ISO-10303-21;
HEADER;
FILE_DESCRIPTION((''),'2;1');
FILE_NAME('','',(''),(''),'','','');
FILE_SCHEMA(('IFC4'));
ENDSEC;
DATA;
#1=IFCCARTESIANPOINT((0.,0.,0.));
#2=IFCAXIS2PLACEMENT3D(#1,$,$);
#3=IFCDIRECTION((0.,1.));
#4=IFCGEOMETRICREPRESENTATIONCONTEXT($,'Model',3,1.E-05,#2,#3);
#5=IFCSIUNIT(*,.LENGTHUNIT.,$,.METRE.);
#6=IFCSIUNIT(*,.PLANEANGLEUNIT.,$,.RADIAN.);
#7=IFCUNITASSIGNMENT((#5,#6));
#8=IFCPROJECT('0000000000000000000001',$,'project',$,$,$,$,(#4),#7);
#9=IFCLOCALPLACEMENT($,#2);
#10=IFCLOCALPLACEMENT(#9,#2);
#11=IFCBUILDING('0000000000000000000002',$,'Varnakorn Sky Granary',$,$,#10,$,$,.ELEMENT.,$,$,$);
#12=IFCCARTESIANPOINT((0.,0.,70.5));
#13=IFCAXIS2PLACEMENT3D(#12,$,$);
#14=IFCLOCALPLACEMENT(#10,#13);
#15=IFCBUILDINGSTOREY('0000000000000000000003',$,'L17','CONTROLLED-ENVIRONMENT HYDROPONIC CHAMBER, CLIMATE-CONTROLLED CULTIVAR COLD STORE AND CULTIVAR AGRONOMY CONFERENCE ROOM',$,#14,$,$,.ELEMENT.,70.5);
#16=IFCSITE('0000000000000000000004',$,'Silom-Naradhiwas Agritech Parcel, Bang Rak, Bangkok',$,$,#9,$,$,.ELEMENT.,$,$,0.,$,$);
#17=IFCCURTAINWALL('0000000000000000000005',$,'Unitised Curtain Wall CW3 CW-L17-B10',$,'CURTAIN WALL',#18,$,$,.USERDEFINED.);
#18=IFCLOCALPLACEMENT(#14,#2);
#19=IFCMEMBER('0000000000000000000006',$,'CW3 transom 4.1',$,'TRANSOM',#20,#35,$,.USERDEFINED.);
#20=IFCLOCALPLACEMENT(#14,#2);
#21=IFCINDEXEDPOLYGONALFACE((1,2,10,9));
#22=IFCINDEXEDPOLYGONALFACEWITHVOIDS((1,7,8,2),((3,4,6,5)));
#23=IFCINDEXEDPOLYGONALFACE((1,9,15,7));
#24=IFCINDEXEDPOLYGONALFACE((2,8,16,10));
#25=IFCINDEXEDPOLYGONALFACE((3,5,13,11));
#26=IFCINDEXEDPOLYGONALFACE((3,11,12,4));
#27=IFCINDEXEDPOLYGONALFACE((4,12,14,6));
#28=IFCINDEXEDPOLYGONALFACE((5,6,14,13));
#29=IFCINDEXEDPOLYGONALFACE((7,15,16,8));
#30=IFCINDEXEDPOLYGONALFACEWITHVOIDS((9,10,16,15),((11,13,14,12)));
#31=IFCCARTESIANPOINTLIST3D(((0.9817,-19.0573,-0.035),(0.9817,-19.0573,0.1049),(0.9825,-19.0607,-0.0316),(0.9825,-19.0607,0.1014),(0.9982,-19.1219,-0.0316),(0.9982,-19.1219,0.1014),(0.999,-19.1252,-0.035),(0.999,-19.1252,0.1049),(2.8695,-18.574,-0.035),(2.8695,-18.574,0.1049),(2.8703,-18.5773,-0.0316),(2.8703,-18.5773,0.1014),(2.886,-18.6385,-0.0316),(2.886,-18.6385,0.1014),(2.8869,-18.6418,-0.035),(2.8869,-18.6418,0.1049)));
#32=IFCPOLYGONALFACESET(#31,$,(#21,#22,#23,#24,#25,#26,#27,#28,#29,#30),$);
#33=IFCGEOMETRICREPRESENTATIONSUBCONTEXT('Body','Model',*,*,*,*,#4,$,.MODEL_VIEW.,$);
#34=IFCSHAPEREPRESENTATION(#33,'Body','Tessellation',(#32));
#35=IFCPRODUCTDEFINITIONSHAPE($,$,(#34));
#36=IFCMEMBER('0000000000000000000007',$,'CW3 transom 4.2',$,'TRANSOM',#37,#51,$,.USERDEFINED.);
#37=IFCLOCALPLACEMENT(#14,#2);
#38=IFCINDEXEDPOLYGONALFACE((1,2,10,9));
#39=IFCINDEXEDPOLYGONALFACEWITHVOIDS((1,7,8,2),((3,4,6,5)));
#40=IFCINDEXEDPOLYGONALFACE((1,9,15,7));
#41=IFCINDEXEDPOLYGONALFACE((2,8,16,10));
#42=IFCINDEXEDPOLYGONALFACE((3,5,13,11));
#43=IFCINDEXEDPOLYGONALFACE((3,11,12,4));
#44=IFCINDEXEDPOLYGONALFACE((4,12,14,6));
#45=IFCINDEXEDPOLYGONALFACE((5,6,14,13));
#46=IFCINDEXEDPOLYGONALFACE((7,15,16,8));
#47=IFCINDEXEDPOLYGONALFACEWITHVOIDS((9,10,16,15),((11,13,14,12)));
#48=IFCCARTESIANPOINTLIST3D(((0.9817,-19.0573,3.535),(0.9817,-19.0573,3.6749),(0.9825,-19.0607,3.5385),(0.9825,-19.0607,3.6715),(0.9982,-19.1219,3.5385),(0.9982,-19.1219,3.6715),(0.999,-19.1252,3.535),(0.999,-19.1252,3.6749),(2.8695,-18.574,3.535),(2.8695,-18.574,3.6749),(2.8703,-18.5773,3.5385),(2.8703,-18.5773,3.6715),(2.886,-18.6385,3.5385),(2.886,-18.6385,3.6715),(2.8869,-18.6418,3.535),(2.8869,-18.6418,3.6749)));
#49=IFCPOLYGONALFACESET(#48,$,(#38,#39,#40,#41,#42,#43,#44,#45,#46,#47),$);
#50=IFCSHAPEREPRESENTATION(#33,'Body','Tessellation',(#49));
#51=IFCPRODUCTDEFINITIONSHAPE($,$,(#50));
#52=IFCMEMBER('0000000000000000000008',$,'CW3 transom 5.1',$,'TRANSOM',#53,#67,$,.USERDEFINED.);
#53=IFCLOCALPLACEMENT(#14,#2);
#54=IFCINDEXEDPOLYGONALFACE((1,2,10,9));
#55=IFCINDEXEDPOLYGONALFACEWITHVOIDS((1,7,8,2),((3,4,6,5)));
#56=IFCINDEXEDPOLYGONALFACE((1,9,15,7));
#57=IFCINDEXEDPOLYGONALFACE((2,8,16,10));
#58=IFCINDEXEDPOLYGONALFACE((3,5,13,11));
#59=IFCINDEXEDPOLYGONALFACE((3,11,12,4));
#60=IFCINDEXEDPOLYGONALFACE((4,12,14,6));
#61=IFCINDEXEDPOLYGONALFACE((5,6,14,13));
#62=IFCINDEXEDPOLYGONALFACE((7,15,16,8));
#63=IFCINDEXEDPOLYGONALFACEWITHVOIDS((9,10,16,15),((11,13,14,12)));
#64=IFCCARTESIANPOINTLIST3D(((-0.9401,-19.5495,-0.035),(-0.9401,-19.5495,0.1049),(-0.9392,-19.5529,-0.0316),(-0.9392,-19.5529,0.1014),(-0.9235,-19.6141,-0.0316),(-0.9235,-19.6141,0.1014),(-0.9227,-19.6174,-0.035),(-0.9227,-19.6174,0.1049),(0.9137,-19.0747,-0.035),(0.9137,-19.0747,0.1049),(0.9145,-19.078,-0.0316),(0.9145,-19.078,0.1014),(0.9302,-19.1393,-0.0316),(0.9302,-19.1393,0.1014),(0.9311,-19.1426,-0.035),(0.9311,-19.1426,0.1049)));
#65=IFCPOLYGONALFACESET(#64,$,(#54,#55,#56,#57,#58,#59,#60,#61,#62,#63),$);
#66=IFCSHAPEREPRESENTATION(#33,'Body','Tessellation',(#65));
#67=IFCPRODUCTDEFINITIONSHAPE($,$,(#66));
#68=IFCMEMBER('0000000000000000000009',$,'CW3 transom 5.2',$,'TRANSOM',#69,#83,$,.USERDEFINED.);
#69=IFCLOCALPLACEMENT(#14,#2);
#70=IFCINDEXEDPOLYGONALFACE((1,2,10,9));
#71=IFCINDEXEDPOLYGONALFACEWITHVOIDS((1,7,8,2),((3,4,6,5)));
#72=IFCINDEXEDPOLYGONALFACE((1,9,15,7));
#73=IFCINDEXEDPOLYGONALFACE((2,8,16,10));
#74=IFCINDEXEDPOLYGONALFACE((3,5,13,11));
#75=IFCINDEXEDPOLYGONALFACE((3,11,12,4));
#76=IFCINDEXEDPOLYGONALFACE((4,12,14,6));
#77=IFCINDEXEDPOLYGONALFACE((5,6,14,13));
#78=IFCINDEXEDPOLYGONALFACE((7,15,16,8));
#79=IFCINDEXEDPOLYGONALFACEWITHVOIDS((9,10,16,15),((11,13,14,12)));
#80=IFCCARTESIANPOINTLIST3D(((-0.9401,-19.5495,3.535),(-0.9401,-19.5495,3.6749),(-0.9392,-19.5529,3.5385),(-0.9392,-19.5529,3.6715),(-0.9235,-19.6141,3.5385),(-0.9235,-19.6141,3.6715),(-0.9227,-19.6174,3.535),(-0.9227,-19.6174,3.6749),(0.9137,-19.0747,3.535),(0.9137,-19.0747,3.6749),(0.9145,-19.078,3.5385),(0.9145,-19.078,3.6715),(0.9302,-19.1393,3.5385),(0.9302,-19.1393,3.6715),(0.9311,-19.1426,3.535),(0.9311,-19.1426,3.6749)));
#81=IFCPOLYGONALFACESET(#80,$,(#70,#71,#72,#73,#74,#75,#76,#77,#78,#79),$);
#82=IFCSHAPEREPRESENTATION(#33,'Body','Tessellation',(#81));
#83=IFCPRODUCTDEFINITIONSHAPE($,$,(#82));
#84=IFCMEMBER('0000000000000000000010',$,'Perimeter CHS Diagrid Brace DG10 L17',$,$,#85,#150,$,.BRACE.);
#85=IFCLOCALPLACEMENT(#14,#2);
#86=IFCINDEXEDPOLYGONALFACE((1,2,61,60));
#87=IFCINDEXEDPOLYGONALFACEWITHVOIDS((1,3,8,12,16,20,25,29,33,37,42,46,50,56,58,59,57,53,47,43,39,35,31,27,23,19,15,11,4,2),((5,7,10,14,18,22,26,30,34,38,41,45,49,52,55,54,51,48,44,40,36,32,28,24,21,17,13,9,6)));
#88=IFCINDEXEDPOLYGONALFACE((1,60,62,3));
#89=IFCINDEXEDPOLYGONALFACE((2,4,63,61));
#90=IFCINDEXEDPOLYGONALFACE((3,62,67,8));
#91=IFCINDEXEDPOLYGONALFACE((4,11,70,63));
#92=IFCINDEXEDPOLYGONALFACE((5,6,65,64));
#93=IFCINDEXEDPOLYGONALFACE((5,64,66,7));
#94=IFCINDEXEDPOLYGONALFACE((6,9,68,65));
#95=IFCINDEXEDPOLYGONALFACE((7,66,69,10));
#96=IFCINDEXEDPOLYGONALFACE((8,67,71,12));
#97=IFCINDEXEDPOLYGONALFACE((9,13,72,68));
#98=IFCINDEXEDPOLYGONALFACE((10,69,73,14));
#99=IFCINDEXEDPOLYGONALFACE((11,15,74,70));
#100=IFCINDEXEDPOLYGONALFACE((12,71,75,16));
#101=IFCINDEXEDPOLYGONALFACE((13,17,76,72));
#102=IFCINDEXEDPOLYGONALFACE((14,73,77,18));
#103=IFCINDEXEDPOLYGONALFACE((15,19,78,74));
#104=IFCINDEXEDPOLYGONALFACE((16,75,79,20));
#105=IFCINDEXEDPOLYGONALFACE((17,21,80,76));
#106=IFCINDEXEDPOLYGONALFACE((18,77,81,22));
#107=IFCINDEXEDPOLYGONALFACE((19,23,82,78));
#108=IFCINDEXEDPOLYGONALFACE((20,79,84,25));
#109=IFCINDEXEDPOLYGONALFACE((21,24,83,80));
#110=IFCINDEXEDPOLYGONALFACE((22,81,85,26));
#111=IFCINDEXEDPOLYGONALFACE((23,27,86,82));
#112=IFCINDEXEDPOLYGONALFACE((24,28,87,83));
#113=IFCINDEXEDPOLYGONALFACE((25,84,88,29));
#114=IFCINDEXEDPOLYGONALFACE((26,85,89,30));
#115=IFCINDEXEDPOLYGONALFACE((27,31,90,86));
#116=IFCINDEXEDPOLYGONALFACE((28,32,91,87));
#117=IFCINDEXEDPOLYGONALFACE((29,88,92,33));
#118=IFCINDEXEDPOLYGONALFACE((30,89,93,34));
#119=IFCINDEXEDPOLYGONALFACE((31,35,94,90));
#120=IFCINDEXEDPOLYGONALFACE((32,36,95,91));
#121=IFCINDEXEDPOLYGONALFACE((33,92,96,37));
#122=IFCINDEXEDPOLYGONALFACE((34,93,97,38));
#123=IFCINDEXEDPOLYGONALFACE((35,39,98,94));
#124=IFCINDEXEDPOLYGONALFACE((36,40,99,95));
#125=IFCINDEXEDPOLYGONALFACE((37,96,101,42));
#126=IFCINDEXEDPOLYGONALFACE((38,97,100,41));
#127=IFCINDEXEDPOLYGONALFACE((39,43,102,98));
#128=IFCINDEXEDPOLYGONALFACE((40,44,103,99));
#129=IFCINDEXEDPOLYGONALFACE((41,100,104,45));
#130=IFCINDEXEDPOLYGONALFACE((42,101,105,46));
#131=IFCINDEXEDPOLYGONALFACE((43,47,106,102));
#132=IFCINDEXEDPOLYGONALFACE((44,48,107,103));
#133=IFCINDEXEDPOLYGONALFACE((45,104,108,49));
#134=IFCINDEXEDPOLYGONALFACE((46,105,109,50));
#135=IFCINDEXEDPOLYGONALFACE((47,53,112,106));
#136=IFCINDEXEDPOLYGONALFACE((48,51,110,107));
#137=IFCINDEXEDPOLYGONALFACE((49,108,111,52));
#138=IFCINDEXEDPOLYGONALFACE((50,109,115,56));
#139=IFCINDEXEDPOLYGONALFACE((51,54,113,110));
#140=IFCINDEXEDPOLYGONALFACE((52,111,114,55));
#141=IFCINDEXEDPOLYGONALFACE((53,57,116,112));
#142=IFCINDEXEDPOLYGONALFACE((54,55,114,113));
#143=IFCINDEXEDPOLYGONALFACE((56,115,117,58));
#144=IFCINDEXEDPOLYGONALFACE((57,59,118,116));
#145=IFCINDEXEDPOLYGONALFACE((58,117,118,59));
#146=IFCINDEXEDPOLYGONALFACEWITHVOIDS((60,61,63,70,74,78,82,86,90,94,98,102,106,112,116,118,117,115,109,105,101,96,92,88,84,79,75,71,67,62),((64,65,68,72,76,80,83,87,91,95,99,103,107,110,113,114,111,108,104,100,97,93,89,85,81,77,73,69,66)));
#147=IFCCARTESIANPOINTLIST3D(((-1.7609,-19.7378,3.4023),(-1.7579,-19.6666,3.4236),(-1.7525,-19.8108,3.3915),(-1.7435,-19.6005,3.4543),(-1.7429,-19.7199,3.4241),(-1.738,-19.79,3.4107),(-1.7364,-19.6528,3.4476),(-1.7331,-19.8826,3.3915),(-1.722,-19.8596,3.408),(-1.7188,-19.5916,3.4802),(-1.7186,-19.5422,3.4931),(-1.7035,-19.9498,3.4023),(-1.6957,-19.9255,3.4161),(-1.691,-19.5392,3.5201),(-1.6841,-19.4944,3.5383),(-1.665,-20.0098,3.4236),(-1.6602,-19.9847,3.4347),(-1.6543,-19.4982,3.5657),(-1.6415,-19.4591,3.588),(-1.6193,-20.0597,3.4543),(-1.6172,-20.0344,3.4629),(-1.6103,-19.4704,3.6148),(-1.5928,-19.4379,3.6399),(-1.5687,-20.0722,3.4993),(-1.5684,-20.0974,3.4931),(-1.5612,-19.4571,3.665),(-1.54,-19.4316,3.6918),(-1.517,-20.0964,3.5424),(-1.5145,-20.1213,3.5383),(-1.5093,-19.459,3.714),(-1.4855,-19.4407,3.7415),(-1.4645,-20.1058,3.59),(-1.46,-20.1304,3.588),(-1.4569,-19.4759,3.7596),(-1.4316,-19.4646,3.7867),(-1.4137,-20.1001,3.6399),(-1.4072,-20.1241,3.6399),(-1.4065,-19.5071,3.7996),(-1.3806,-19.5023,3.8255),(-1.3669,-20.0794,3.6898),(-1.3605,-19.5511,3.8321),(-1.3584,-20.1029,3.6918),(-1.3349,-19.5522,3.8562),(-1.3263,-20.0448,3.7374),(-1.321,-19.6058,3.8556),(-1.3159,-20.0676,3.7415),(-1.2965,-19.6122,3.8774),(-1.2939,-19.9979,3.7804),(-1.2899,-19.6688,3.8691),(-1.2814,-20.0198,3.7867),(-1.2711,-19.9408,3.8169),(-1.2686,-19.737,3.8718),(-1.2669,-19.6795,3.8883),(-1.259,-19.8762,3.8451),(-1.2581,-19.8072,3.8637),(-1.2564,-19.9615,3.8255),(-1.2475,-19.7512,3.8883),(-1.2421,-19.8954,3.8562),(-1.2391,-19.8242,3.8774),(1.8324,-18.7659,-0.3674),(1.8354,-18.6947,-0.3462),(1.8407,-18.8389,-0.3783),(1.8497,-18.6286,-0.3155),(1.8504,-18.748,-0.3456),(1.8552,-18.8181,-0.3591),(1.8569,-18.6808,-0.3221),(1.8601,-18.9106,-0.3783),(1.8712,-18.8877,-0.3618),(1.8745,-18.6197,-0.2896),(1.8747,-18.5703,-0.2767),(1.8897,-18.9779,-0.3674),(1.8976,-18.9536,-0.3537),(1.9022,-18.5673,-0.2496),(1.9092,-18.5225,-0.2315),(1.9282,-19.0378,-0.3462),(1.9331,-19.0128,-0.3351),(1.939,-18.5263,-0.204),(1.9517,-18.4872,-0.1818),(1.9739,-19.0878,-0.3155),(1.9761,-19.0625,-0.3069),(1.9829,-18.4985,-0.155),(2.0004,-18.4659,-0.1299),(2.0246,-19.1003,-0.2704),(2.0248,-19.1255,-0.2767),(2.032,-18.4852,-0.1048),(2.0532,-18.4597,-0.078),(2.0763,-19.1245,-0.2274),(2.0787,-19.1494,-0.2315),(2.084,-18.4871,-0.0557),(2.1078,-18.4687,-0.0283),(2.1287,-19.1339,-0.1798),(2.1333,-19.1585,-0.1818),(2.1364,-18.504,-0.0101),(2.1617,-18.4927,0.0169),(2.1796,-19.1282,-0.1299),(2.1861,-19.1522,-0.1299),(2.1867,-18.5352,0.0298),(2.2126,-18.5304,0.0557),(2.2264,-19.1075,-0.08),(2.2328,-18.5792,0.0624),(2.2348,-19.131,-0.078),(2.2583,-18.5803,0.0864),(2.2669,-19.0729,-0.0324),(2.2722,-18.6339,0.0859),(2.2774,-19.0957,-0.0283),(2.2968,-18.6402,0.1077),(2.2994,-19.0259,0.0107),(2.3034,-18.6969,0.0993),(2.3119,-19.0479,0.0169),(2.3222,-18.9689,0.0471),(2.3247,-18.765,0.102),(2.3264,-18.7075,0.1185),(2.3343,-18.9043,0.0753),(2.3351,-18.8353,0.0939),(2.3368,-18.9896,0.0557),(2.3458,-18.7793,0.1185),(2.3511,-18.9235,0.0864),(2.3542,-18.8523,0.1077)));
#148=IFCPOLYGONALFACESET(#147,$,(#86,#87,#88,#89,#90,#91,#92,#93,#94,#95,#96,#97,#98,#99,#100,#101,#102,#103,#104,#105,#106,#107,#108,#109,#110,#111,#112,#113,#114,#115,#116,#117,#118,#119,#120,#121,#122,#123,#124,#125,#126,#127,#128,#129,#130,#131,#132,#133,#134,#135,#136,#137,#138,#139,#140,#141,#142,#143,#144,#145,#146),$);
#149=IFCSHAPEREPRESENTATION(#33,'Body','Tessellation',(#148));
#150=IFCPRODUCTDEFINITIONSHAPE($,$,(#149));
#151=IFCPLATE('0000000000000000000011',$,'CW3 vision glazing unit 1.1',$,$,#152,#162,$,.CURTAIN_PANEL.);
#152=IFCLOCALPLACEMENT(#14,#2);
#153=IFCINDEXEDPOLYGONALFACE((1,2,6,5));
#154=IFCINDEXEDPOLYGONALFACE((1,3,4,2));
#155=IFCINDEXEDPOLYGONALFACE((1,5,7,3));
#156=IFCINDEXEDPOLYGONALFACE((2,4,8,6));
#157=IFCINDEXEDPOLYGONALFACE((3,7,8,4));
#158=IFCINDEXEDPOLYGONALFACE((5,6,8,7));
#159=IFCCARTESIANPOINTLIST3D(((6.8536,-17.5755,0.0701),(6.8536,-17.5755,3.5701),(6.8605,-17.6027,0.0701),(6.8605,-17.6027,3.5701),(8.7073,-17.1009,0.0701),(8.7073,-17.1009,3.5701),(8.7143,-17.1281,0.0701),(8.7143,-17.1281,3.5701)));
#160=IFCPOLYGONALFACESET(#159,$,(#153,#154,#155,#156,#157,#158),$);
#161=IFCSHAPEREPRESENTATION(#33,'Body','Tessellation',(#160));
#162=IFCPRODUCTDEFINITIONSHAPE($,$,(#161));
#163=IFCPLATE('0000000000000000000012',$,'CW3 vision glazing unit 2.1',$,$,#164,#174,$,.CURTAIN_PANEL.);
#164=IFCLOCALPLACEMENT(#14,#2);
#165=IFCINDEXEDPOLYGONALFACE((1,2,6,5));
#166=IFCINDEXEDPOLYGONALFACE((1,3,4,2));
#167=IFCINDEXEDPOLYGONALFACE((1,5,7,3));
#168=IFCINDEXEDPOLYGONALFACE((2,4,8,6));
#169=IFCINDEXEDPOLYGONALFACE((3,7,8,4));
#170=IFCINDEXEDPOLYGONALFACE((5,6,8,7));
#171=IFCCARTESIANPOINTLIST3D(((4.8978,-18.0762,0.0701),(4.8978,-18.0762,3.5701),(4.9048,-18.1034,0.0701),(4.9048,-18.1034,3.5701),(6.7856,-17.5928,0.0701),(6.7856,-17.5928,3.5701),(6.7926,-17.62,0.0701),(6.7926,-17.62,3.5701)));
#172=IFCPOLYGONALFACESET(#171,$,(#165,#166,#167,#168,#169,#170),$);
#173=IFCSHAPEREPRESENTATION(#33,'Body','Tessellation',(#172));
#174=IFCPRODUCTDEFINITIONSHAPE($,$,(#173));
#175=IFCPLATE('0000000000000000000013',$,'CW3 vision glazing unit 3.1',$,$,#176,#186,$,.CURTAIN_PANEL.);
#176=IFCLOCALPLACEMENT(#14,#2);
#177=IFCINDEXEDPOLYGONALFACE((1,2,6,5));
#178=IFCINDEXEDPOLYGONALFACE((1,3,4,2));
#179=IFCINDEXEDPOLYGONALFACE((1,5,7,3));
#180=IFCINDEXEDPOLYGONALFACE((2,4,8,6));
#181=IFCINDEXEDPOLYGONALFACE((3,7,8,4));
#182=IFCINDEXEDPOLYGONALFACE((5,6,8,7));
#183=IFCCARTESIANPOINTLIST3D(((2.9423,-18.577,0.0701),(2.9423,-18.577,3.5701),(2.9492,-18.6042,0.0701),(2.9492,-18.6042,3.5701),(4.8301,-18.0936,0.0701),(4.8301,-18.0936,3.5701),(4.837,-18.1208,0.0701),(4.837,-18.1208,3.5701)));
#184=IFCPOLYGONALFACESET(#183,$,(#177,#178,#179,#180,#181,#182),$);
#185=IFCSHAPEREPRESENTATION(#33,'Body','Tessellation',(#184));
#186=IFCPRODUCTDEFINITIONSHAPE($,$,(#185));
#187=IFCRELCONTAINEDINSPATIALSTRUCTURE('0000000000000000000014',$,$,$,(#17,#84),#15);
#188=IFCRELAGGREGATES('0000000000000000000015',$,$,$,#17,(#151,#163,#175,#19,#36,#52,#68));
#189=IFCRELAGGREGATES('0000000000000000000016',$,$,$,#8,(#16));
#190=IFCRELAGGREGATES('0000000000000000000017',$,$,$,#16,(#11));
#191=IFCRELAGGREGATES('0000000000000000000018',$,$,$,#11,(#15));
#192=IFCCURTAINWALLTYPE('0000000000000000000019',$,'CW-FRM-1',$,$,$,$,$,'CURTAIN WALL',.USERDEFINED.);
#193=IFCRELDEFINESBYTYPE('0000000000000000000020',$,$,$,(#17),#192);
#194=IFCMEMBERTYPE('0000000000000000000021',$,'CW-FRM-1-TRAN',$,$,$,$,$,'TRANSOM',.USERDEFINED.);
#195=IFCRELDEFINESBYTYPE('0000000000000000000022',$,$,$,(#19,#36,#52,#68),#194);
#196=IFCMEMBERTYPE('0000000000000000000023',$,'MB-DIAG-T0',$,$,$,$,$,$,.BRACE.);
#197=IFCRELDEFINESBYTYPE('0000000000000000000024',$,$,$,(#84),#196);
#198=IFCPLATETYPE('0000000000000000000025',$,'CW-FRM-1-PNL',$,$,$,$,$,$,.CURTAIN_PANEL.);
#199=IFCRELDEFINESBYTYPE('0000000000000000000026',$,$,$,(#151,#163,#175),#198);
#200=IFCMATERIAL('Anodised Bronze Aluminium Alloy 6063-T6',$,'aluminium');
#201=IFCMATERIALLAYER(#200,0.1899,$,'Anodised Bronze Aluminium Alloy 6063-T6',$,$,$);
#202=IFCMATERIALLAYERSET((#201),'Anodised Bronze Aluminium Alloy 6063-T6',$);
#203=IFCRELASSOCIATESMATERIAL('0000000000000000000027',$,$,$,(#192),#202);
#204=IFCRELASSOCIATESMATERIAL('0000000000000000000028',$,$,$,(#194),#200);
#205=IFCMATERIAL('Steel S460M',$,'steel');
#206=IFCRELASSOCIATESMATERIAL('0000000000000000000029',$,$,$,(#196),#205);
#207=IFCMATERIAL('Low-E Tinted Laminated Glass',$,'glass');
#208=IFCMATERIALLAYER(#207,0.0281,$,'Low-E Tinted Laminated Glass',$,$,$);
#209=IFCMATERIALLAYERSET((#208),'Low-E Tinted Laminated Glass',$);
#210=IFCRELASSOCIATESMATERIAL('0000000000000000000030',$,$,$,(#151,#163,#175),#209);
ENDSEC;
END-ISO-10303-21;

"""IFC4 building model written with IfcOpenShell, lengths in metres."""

from ifc_helpers import new_model, si_unit, direction, frame, origin, origin_2d, place, context, subcontext, project, spatial, rectangle, hollow_rectangle, hollow_circle, extrude, source, transform, mapped, material, layer, layer_set, material_profile, profile_set, type_object, type_shapes, element, aggregate, save


model = new_model("IFC4")

# Units and contexts
model_context = context("Model", 3, precision=1e-05, world=origin(), true_north=direction((0.0, 1.0)))
body_context = subcontext(model_context, "Body", "Model", "MODEL_VIEW")
ifc_project = project(units=[si_unit("LENGTHUNIT", "METRE"), si_unit("PLANEANGLEUNIT", "RADIAN")], contexts=[model_context])

# Site, building, storey
site_placement = place(None, origin())
site = spatial("IfcSite", under=ifc_project, at=site_placement, Name="Silom-Naradhiwas Agritech Parcel, Bang Rak, Bangkok", CompositionType="ELEMENT", RefElevation=0.0)
building_placement = place(site_placement, origin())
building = spatial("IfcBuilding", under=site, at=building_placement, Name="Varnakorn Sky Granary", CompositionType="ELEMENT")
storey_placement = place(building_placement, frame((0.0, 0.0, 70.5)))
storey = spatial("IfcBuildingStorey", under=building, at=storey_placement, Name="L17", Description="CONTROLLED-ENVIRONMENT HYDROPONIC CHAMBER, CLIMATE-CONTROLLED CULTIVAR COLD STORE AND CULTIVAR AGRONOMY CONFERENCE ROOM", CompositionType="ELEMENT", Elevation=70.5)

# Curtain wall, members
ifc_material_1 = material(Name="Anodised Bronze Aluminium Alloy 6063-T6", Category="aluminium")
ifc_layer_1 = layer(ifc_material_1, 0.1899, Name="Anodised Bronze Aluminium Alloy 6063-T6")
ifc_layer_set_1 = layer_set([ifc_layer_1], Name="Anodised Bronze Aluminium Alloy 6063-T6")
curtain_wall_type = type_object("IfcCurtainWallType", Name="CW-FRM-1", ElementType="CURTAIN WALL", PredefinedType="USERDEFINED", material=ifc_layer_set_1)
curtain_wall_placement = place(storey_placement, origin())
curtain_wall = element("IfcCurtainWall", 1, at=curtain_wall_placement, inside=storey, type_object=curtain_wall_type, Name="Unitised Curtain Wall CW3 CW-L17-B10", ObjectType="CURTAIN WALL", PredefinedType="USERDEFINED")
ifc_material_profile_1 = material_profile(ifc_material_1, hollow_rectangle(XDim=0.0701, YDim=0.1399, WallThickness=0.0034, at=origin_2d()), Name="ALU TRAN 70x140")
ifc_profile_set_1 = profile_set([ifc_material_profile_1], Name="Anodised Bronze Aluminium Alloy 6063-T6")
member_type_1 = type_object("IfcMemberType", Name="CW-FRM-1-TRAN", ElementType="TRANSOM", PredefinedType="USERDEFINED", material=ifc_profile_set_1)
member_1_placement = place(storey_placement, frame((2.8782, -18.6079, 0.0349), z_axis=(-0.968749, -0.248044, 0.0), x_axis=(0.248044, -0.968749, 0.0)))
member_1 = element("IfcMember", 2, at=member_1_placement, type_object=member_type_1, Name="CW3 transom 4.1", ObjectType="TRANSOM", PredefinedType="USERDEFINED", context=body_context, shape_type="SweptSolid", body=[
    extrude(hollow_rectangle(XDim=0.0701, YDim=0.1399, WallThickness=0.0034, at=origin_2d()), origin(), (0.0, 0.0, 1.0), 1.9487),
])
member_2_placement = place(storey_placement, frame((2.8782, -18.6079, 3.605), z_axis=(-0.968749, -0.248044, 0.0), x_axis=(0.248044, -0.968749, 0.0)))
member_2 = element("IfcMember", 3, at=member_2_placement, type_object=member_type_1, Name="CW3 transom 4.2", ObjectType="TRANSOM", PredefinedType="USERDEFINED", context=body_context, shape_type="SweptSolid", body=[
    extrude(hollow_rectangle(XDim=0.0701, YDim=0.1399, WallThickness=0.0034, at=origin_2d()), origin(), (0.0, 0.0, 1.0), 1.9487),
])
member_3_placement = place(storey_placement, frame((0.9224, -19.1086, 0.0349), z_axis=(-0.968723, -0.248145, 0.0), x_axis=(0.248145, -0.968723, 0.0)))
member_3 = element("IfcMember", 4, at=member_3_placement, type_object=member_type_1, Name="CW3 transom 5.1", ObjectType="TRANSOM", PredefinedType="USERDEFINED", context=body_context, shape_type="SweptSolid", body=[
    extrude(hollow_rectangle(XDim=0.0701, YDim=0.1399, WallThickness=0.0034, at=origin_2d()), origin(), (0.0, 0.0, 1.0), 1.9136),
])
member_4_placement = place(storey_placement, frame((0.9224, -19.1086, 3.605), z_axis=(-0.968723, -0.248145, 0.0), x_axis=(0.248145, -0.968723, 0.0)))
member_4 = element("IfcMember", 5, at=member_4_placement, type_object=member_type_1, Name="CW3 transom 5.2", ObjectType="TRANSOM", PredefinedType="USERDEFINED", context=body_context, shape_type="SweptSolid", body=[
    extrude(hollow_rectangle(XDim=0.0701, YDim=0.1399, WallThickness=0.0034, at=origin_2d()), origin(), (0.0, 0.0, 1.0), 1.9136),
])

# Member
ifc_material_2 = material(Name="Steel S460M", Category="steel")
ifc_material_profile_2 = material_profile(ifc_material_2, hollow_circle(Radius=0.3555, WallThickness=0.0249, at=origin_2d()), Name="CHS 711x25")
ifc_profile_set_2 = profile_set([ifc_material_profile_2], Name="Steel S460M")
member_type_2 = type_object("IfcMemberType", Name="MB-DIAG-T0", PredefinedType="BRACE", material=ifc_profile_set_2)
member_5_placement = place(storey_placement, frame((2.0933, -18.8091, -0.1299), z_axis=(-0.678247, -0.183456, 0.711565), x_axis=(0.261102, -0.965311, 0.0)))
element("IfcMember", 6, at=member_5_placement, inside=storey, type_object=member_type_2, Name="Perimeter CHS Diagrid Brace DG10 L17", PredefinedType="BRACE", context=body_context, shape_type="SweptSolid", body=[
    extrude(hollow_circle(Radius=0.3555, WallThickness=0.0249, at=origin_2d()), origin(), (0.0, 0.0, 1.0), 5.2979),
])

# Plates
ifc_material_3 = material(Name="Low-E Tinted Laminated Glass", Category="glass")
ifc_layer_2 = layer(ifc_material_3, 0.0281, Name="Low-E Tinted Laminated Glass")
ifc_layer_set_2 = layer_set([ifc_layer_2], Name="Low-E Tinted Laminated Glass")
plate_type = type_object("IfcPlateType", Name="CW-FRM-1-PNL", PredefinedType="CURTAIN_PANEL")
shared_shape_1 = source(origin(), body_context, "Body", "SweptSolid", [
    extrude(rectangle(XDim=1.9136, YDim=0.0281, at=origin_2d()), origin(), (0.0, 0.0, 1.0), 3.5),
])
plate_1_placement = place(storey_placement, frame((7.7839, -17.3518, 0.0701), z_axis=(0.0, 0.0, 1.0), x_axis=(-0.968746, -0.248054, 0.0)))
plate_1 = element("IfcPlate", 7, at=plate_1_placement, type_object=plate_type, material=ifc_layer_set_2, Name="CW3 vision glazing unit 1.1", PredefinedType="CURTAIN_PANEL", context=body_context, shape_type="MappedRepresentation", body=[
    mapped(shared_shape_1, transform((0.0, 0.0, 0.0), x_axis=(1.0, 0.0, 0.0), y_axis=(0.0, 1.0, 0.0), z_axis=(0.0, 0.0, 1.0), scale=1.0)),
])
shared_shape_2 = source(origin(), body_context, "Body", "SweptSolid", [
    extrude(rectangle(XDim=1.9487, YDim=0.0281, at=origin_2d()), origin(), (0.0, 0.0, 1.0), 3.5),
])
type_shapes(plate_type, [shared_shape_1, shared_shape_2])
plate_2_placement = place(storey_placement, frame((5.8452, -17.8481, 0.0701), z_axis=(0.0, 0.0, 1.0), x_axis=(-0.968746, -0.248054, 0.0)))
plate_2 = element("IfcPlate", 8, at=plate_2_placement, type_object=plate_type, material=ifc_layer_set_2, Name="CW3 vision glazing unit 2.1", PredefinedType="CURTAIN_PANEL", context=body_context, shape_type="MappedRepresentation", body=[
    mapped(shared_shape_2, transform((0.0, 0.0, 0.0), x_axis=(1.0, 0.0, 0.0), y_axis=(0.0, 1.0, 0.0), z_axis=(0.0, 0.0, 1.0), scale=1.0)),
])
plate_3_placement = place(storey_placement, frame((3.8896, -18.3489, 0.0701), z_axis=(0.0, 0.0, 1.0), x_axis=(-0.968746, -0.248054, 0.0)))
plate_3 = element("IfcPlate", 9, at=plate_3_placement, type_object=plate_type, material=ifc_layer_set_2, Name="CW3 vision glazing unit 3.1", PredefinedType="CURTAIN_PANEL", context=body_context, shape_type="MappedRepresentation", body=[
    mapped(shared_shape_2, transform((0.0, 0.0, 0.0), x_axis=(1.0, 0.0, 0.0), y_axis=(0.0, 1.0, 0.0), z_axis=(0.0, 0.0, 1.0), scale=1.0)),
])
aggregate(curtain_wall, [plate_1, plate_2, plate_3, member_1, member_2, member_3, member_4])

save(model, "model.ifc")
